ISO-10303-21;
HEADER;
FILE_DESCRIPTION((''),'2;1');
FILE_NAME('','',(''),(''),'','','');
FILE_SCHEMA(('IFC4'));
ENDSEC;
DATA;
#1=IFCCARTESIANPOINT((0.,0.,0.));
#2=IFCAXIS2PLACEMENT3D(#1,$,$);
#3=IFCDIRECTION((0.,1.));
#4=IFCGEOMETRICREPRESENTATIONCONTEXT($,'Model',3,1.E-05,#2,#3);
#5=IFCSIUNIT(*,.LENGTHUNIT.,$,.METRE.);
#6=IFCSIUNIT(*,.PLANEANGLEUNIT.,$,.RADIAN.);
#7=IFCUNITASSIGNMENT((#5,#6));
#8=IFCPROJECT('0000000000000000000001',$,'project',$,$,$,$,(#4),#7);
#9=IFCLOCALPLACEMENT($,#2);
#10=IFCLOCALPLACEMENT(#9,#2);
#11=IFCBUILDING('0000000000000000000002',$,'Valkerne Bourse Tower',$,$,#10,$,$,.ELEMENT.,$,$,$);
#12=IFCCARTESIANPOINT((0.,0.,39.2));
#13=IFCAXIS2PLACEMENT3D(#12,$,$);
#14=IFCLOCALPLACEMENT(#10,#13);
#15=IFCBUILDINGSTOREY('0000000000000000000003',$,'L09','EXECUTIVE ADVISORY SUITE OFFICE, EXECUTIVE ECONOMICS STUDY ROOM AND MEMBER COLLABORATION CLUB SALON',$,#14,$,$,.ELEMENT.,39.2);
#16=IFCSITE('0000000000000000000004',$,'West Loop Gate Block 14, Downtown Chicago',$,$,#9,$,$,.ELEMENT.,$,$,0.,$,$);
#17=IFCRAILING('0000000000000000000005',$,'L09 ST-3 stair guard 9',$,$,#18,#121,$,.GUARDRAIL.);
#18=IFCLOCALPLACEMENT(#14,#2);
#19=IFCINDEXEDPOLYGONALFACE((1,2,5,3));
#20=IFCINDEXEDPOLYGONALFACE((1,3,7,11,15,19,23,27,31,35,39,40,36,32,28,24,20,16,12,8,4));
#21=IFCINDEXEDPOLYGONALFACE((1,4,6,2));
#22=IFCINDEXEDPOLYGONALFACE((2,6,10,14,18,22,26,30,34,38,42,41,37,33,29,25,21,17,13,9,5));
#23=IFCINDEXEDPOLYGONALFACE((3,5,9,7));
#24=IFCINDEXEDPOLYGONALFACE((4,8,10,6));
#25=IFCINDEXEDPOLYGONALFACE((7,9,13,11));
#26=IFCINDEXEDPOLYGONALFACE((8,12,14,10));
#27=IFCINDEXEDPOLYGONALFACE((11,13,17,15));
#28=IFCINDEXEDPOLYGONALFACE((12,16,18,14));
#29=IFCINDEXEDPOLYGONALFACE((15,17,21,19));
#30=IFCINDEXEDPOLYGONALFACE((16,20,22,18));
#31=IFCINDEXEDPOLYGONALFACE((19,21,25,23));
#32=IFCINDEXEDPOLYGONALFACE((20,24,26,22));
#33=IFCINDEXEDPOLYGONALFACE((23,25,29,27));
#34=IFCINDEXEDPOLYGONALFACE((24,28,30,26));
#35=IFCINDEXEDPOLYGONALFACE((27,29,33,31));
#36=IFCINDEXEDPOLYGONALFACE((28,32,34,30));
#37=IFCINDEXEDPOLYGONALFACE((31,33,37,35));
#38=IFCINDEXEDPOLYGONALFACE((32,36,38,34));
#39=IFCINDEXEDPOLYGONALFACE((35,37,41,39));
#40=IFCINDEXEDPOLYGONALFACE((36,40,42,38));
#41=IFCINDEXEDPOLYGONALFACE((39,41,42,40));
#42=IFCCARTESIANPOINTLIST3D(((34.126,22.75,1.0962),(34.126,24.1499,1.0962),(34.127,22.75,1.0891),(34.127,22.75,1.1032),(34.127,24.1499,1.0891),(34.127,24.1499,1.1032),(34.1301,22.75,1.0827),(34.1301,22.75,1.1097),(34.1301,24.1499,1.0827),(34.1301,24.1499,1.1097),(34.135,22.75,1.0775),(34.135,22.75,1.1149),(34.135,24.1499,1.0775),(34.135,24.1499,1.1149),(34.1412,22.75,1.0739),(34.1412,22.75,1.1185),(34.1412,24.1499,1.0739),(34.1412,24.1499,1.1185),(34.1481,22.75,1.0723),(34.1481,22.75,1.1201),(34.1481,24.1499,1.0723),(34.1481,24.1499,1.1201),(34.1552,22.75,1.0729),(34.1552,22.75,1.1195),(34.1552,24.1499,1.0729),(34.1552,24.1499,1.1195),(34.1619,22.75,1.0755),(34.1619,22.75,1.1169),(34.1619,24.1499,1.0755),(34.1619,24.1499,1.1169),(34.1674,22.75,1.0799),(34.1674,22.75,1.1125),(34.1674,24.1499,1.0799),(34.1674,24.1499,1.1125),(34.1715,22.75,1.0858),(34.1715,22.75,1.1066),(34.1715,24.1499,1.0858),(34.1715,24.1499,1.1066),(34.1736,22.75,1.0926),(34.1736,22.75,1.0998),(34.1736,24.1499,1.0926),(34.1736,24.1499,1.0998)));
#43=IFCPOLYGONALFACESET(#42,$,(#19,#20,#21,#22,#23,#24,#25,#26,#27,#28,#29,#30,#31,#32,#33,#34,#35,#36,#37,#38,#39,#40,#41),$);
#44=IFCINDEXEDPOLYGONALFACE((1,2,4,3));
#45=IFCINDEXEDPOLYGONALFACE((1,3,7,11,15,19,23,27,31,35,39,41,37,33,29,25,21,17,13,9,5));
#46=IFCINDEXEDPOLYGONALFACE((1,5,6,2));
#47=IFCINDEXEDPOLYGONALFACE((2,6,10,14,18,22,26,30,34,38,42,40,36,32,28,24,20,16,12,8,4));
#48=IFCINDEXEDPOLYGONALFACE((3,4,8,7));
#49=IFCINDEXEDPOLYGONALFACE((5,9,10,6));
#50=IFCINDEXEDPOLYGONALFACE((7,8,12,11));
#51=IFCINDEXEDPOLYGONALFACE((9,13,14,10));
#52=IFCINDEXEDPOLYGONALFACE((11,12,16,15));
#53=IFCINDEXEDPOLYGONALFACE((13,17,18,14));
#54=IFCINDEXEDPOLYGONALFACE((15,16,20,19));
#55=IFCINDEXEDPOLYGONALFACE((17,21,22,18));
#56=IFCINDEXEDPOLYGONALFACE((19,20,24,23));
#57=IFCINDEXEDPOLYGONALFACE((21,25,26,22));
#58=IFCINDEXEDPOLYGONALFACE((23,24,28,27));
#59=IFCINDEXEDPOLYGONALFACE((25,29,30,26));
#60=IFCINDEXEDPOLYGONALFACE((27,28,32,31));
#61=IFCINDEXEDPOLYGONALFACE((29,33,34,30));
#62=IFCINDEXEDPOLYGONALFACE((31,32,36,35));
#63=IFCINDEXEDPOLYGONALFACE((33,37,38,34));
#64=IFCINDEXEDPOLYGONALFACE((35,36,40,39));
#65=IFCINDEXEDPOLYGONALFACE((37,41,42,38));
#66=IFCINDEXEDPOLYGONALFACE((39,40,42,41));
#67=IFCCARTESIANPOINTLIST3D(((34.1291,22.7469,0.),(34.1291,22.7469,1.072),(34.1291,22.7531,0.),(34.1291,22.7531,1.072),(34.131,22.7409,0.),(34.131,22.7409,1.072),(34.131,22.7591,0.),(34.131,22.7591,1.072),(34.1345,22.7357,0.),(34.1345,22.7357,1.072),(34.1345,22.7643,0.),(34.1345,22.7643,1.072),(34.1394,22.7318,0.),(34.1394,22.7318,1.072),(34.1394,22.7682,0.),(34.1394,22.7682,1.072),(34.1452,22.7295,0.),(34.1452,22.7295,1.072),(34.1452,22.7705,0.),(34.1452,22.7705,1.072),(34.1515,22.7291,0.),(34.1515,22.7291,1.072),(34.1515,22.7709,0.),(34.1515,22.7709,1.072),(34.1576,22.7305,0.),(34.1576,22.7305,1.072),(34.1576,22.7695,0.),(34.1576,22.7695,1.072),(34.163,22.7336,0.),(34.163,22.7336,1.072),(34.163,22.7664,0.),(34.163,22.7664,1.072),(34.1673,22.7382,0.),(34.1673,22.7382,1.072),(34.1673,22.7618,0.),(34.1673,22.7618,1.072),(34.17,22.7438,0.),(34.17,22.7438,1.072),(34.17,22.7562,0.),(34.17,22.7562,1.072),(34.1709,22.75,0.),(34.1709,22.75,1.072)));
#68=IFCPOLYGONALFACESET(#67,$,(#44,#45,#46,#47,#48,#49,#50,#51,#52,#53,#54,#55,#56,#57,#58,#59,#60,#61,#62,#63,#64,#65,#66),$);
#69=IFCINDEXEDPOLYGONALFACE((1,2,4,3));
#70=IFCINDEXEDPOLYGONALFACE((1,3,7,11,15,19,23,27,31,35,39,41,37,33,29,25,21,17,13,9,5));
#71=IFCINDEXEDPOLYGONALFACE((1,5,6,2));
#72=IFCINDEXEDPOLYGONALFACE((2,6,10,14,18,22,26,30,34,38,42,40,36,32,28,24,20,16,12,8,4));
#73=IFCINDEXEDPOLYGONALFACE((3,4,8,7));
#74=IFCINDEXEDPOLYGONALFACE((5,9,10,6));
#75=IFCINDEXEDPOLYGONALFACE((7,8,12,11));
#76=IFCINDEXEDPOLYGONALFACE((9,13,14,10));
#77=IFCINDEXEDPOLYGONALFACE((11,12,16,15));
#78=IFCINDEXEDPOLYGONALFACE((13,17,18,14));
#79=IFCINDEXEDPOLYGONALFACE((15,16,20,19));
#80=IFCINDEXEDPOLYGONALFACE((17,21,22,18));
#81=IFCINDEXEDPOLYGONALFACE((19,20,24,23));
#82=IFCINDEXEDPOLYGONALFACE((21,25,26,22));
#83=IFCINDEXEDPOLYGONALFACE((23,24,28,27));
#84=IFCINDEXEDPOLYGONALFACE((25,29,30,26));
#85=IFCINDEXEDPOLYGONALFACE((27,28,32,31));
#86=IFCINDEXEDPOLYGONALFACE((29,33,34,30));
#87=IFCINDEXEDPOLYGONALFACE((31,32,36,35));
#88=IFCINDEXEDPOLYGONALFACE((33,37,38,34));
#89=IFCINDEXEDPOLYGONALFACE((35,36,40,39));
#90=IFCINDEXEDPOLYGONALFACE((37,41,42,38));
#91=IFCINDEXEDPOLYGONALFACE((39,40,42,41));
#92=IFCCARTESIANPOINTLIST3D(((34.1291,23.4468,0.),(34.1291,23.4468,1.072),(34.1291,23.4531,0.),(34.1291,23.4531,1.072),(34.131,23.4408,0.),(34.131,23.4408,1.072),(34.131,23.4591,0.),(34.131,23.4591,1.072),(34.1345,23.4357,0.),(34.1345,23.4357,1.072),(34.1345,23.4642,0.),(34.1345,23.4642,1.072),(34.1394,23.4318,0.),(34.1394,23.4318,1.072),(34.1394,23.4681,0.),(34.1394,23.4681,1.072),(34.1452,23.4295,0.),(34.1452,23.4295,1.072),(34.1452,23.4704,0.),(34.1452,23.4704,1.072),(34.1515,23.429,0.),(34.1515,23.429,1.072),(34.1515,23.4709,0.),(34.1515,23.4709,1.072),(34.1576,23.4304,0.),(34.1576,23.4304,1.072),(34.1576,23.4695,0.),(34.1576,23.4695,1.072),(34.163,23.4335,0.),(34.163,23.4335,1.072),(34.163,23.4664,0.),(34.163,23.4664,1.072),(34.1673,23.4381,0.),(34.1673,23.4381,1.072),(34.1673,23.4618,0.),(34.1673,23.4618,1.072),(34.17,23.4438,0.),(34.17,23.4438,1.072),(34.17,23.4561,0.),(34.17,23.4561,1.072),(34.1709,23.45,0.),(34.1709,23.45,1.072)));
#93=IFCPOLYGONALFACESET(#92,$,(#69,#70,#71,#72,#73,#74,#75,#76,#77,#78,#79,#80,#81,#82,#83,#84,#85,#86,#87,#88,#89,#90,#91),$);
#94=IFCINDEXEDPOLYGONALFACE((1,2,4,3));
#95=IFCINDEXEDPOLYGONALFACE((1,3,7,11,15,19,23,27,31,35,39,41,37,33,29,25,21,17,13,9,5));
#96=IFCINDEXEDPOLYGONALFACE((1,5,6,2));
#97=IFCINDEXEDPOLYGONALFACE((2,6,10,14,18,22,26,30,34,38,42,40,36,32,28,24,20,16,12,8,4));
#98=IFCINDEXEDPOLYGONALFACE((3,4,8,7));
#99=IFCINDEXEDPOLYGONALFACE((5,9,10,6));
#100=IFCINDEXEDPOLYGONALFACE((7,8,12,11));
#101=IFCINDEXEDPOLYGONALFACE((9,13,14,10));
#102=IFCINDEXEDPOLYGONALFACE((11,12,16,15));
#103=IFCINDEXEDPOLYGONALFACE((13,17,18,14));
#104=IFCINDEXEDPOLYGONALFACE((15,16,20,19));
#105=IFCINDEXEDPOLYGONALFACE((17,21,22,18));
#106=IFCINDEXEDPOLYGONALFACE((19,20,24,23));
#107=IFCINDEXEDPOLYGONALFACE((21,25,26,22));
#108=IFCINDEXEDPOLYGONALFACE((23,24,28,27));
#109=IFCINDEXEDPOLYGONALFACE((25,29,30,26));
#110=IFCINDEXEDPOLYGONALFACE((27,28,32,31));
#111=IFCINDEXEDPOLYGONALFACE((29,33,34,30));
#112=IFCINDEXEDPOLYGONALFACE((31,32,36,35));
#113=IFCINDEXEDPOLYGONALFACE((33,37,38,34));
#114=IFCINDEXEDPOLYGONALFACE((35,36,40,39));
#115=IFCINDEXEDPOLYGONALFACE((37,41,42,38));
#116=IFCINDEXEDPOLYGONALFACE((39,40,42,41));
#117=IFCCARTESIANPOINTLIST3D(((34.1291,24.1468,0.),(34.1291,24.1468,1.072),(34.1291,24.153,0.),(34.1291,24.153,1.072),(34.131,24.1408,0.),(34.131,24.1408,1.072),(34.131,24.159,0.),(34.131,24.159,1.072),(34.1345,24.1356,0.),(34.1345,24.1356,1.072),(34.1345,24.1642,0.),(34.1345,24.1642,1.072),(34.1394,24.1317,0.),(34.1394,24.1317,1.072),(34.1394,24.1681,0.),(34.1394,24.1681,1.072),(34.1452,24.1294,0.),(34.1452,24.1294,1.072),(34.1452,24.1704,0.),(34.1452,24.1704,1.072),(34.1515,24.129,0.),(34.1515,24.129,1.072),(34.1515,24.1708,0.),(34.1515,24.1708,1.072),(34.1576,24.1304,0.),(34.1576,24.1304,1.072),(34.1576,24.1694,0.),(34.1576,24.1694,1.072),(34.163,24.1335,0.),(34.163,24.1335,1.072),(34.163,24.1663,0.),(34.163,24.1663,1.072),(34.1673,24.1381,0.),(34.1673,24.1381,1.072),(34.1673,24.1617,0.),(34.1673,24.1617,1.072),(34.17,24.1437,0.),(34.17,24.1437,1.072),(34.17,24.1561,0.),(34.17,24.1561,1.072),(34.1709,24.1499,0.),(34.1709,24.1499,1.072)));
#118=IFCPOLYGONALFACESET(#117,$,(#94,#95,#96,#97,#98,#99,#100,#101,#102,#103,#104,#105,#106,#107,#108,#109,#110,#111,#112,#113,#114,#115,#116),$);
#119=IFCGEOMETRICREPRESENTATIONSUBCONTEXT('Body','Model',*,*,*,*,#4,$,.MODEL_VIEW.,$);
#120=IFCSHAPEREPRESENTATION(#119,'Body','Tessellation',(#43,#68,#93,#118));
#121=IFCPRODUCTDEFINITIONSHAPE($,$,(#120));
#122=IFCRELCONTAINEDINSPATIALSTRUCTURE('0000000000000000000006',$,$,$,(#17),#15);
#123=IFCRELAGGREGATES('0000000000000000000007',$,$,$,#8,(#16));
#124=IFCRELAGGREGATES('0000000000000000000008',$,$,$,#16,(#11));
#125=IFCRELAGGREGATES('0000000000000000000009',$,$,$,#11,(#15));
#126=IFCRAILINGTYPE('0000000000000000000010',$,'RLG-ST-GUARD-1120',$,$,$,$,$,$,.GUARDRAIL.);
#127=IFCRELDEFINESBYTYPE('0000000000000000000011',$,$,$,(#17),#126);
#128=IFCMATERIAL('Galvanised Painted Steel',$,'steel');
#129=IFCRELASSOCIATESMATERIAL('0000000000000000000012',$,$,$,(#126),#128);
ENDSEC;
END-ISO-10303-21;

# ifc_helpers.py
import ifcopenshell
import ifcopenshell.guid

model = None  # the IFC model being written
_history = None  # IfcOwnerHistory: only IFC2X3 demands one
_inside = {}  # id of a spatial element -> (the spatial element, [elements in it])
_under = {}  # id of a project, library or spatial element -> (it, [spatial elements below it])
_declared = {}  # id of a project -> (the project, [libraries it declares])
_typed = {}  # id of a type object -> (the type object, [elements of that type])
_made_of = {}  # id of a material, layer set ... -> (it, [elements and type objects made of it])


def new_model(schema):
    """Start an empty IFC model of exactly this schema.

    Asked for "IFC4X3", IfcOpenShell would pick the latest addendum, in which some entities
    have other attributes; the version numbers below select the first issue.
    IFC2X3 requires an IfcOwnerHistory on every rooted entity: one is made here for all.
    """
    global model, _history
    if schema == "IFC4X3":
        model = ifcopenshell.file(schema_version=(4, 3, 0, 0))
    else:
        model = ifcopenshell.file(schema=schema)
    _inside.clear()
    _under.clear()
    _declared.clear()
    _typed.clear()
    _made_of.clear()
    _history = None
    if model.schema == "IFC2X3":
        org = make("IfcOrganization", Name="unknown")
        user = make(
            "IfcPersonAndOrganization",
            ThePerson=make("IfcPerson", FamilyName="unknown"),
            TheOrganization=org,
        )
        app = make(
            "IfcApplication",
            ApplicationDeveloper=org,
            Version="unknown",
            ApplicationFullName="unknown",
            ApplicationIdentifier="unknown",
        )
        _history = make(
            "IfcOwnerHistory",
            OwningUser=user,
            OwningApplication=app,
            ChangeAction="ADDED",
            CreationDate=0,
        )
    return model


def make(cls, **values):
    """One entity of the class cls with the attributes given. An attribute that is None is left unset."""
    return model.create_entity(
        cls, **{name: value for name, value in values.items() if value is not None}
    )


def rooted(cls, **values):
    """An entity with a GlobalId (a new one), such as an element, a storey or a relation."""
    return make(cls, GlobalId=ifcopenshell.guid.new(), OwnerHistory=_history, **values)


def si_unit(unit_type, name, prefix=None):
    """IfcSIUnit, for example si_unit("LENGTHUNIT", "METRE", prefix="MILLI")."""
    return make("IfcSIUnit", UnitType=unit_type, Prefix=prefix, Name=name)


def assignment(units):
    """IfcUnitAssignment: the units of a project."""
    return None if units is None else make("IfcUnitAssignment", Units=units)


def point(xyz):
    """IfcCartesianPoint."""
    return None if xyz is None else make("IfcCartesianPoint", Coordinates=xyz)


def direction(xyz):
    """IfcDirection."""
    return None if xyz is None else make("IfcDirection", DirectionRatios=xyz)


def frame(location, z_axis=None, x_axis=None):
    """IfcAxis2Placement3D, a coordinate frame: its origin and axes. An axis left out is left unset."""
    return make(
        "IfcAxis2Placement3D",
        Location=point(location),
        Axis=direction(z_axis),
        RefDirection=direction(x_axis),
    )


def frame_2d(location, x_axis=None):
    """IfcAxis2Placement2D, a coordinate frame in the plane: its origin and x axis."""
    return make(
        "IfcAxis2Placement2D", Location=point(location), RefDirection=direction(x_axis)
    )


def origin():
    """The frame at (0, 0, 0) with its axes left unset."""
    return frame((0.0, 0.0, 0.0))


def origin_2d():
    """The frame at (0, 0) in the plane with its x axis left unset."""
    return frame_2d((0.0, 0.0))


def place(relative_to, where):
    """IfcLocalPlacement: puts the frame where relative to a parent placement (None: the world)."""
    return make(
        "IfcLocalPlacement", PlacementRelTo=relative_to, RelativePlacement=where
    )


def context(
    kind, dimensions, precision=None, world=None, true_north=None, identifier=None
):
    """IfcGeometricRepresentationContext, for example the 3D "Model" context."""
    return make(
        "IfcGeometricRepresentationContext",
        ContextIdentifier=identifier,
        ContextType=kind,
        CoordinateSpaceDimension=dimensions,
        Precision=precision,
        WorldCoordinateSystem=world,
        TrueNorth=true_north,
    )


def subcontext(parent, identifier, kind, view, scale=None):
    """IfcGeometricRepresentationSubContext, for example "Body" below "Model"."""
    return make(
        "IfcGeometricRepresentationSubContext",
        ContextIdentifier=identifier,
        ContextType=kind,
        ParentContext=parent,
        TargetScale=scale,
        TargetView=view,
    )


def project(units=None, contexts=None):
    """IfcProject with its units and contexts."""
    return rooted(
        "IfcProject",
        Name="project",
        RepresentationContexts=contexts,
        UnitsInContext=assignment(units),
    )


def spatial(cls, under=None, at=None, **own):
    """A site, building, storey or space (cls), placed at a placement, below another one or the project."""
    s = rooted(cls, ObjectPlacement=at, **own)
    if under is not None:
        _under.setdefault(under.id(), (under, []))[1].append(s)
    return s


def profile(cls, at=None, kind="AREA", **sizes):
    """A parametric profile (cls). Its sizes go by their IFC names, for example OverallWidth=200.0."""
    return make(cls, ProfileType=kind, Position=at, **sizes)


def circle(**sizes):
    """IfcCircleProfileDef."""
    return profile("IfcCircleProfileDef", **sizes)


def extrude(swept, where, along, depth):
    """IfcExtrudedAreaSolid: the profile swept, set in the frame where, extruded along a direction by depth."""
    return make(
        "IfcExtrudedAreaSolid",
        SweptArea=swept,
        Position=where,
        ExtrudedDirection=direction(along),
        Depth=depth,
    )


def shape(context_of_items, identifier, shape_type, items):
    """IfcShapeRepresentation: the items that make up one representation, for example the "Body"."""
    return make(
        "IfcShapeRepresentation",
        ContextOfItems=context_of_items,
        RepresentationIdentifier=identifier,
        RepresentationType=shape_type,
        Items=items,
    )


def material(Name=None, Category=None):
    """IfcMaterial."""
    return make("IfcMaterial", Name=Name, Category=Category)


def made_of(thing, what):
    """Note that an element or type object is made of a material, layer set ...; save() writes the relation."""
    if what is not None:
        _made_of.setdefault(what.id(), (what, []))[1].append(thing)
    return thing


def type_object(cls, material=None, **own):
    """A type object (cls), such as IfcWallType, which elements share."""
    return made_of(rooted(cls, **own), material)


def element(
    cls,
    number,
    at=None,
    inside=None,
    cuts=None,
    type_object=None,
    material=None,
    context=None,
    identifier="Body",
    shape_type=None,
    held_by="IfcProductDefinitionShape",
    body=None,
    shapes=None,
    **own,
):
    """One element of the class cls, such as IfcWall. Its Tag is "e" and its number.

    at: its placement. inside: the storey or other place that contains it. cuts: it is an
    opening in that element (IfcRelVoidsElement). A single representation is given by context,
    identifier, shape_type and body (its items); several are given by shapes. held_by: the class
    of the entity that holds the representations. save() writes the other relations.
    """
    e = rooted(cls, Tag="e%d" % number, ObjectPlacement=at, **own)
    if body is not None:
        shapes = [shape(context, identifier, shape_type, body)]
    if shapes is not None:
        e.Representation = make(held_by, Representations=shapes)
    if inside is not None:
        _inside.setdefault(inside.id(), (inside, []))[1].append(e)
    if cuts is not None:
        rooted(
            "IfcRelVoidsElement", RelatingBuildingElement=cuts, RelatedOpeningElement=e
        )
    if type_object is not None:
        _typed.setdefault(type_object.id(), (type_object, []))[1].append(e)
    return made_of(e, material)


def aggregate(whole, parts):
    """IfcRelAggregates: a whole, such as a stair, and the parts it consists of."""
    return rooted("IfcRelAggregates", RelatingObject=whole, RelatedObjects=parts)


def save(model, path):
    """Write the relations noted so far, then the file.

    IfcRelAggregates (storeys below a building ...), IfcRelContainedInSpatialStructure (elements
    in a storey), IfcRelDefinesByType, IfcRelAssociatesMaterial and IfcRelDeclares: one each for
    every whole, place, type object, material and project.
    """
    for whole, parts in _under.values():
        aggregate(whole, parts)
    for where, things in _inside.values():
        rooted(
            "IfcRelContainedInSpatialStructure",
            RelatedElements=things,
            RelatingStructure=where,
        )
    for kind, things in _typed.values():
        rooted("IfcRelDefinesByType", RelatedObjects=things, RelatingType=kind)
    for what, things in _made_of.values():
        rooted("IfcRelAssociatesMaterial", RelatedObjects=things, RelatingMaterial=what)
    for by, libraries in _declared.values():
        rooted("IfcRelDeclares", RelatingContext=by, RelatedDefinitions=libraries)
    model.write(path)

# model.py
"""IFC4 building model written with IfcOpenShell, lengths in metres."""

from ifc_helpers import new_model, si_unit, direction, frame, origin, origin_2d, place, context, subcontext, project, spatial, circle, extrude, material, type_object, element, save


model = new_model("IFC4")

# Units and contexts
model_context = context("Model", 3, precision=1e-05, world=origin(), true_north=direction((0.0, 1.0)))
body_context = subcontext(model_context, "Body", "Model", "MODEL_VIEW")
ifc_project = project(units=[si_unit("LENGTHUNIT", "METRE"), si_unit("PLANEANGLEUNIT", "RADIAN")], contexts=[model_context])

# Site, building, storey
site_placement = place(None, origin())
site = spatial("IfcSite", under=ifc_project, at=site_placement, Name="West Loop Gate Block 14, Downtown Chicago", CompositionType="ELEMENT", RefElevation=0.0)
building_placement = place(site_placement, origin())
building = spatial("IfcBuilding", under=site, at=building_placement, Name="Valkerne Bourse Tower", CompositionType="ELEMENT")
storey_placement = place(building_placement, frame((0.0, 0.0, 39.2)))
storey = spatial("IfcBuildingStorey", under=building, at=storey_placement, Name="L09", Description="EXECUTIVE ADVISORY SUITE OFFICE, EXECUTIVE ECONOMICS STUDY ROOM AND MEMBER COLLABORATION CLUB SALON", CompositionType="ELEMENT", Elevation=39.2)

# Shared definitions
ifc_material_1 = material(Name="Galvanised Painted Steel", Category="steel")

# Railing
railing_type_1 = type_object("IfcRailingType", Name="RLG-ST-GUARD-1120", PredefinedType="GUARDRAIL", material=ifc_material_1)
for number, where, name in (
    (1, (34.1499, 22.75, 0.0), "L09 ST-3 stair guard 9"),
):
    element("IfcRailing", number, at=place(storey_placement, frame(where)), inside=storey, type_object=railing_type_1, Name=name, PredefinedType="GUARDRAIL", context=body_context, shape_type="SweptSolid", body=[
        extrude(circle(Radius=0.0239, at=origin_2d()), frame((0.0, 0.0, 1.0962), z_axis=(0.0, 1.0, 0.0), x_axis=(-1.0, 0.0, 0.0)), (0.0, 0.0, 1.0), 1.3999),
        extrude(circle(Radius=0.021, at=origin_2d()), origin(), (0.0, 0.0, 1.0), 1.072),
        extrude(circle(Radius=0.021, at=origin_2d()), frame((0.0, 0.7, 0.0)), (0.0, 0.0, 1.0), 1.072),
        extrude(circle(Radius=0.021, at=origin_2d()), frame((0.0, 1.3999, 0.0)), (0.0, 0.0, 1.0), 1.072),
    ])

save(model, "model.ifc")
